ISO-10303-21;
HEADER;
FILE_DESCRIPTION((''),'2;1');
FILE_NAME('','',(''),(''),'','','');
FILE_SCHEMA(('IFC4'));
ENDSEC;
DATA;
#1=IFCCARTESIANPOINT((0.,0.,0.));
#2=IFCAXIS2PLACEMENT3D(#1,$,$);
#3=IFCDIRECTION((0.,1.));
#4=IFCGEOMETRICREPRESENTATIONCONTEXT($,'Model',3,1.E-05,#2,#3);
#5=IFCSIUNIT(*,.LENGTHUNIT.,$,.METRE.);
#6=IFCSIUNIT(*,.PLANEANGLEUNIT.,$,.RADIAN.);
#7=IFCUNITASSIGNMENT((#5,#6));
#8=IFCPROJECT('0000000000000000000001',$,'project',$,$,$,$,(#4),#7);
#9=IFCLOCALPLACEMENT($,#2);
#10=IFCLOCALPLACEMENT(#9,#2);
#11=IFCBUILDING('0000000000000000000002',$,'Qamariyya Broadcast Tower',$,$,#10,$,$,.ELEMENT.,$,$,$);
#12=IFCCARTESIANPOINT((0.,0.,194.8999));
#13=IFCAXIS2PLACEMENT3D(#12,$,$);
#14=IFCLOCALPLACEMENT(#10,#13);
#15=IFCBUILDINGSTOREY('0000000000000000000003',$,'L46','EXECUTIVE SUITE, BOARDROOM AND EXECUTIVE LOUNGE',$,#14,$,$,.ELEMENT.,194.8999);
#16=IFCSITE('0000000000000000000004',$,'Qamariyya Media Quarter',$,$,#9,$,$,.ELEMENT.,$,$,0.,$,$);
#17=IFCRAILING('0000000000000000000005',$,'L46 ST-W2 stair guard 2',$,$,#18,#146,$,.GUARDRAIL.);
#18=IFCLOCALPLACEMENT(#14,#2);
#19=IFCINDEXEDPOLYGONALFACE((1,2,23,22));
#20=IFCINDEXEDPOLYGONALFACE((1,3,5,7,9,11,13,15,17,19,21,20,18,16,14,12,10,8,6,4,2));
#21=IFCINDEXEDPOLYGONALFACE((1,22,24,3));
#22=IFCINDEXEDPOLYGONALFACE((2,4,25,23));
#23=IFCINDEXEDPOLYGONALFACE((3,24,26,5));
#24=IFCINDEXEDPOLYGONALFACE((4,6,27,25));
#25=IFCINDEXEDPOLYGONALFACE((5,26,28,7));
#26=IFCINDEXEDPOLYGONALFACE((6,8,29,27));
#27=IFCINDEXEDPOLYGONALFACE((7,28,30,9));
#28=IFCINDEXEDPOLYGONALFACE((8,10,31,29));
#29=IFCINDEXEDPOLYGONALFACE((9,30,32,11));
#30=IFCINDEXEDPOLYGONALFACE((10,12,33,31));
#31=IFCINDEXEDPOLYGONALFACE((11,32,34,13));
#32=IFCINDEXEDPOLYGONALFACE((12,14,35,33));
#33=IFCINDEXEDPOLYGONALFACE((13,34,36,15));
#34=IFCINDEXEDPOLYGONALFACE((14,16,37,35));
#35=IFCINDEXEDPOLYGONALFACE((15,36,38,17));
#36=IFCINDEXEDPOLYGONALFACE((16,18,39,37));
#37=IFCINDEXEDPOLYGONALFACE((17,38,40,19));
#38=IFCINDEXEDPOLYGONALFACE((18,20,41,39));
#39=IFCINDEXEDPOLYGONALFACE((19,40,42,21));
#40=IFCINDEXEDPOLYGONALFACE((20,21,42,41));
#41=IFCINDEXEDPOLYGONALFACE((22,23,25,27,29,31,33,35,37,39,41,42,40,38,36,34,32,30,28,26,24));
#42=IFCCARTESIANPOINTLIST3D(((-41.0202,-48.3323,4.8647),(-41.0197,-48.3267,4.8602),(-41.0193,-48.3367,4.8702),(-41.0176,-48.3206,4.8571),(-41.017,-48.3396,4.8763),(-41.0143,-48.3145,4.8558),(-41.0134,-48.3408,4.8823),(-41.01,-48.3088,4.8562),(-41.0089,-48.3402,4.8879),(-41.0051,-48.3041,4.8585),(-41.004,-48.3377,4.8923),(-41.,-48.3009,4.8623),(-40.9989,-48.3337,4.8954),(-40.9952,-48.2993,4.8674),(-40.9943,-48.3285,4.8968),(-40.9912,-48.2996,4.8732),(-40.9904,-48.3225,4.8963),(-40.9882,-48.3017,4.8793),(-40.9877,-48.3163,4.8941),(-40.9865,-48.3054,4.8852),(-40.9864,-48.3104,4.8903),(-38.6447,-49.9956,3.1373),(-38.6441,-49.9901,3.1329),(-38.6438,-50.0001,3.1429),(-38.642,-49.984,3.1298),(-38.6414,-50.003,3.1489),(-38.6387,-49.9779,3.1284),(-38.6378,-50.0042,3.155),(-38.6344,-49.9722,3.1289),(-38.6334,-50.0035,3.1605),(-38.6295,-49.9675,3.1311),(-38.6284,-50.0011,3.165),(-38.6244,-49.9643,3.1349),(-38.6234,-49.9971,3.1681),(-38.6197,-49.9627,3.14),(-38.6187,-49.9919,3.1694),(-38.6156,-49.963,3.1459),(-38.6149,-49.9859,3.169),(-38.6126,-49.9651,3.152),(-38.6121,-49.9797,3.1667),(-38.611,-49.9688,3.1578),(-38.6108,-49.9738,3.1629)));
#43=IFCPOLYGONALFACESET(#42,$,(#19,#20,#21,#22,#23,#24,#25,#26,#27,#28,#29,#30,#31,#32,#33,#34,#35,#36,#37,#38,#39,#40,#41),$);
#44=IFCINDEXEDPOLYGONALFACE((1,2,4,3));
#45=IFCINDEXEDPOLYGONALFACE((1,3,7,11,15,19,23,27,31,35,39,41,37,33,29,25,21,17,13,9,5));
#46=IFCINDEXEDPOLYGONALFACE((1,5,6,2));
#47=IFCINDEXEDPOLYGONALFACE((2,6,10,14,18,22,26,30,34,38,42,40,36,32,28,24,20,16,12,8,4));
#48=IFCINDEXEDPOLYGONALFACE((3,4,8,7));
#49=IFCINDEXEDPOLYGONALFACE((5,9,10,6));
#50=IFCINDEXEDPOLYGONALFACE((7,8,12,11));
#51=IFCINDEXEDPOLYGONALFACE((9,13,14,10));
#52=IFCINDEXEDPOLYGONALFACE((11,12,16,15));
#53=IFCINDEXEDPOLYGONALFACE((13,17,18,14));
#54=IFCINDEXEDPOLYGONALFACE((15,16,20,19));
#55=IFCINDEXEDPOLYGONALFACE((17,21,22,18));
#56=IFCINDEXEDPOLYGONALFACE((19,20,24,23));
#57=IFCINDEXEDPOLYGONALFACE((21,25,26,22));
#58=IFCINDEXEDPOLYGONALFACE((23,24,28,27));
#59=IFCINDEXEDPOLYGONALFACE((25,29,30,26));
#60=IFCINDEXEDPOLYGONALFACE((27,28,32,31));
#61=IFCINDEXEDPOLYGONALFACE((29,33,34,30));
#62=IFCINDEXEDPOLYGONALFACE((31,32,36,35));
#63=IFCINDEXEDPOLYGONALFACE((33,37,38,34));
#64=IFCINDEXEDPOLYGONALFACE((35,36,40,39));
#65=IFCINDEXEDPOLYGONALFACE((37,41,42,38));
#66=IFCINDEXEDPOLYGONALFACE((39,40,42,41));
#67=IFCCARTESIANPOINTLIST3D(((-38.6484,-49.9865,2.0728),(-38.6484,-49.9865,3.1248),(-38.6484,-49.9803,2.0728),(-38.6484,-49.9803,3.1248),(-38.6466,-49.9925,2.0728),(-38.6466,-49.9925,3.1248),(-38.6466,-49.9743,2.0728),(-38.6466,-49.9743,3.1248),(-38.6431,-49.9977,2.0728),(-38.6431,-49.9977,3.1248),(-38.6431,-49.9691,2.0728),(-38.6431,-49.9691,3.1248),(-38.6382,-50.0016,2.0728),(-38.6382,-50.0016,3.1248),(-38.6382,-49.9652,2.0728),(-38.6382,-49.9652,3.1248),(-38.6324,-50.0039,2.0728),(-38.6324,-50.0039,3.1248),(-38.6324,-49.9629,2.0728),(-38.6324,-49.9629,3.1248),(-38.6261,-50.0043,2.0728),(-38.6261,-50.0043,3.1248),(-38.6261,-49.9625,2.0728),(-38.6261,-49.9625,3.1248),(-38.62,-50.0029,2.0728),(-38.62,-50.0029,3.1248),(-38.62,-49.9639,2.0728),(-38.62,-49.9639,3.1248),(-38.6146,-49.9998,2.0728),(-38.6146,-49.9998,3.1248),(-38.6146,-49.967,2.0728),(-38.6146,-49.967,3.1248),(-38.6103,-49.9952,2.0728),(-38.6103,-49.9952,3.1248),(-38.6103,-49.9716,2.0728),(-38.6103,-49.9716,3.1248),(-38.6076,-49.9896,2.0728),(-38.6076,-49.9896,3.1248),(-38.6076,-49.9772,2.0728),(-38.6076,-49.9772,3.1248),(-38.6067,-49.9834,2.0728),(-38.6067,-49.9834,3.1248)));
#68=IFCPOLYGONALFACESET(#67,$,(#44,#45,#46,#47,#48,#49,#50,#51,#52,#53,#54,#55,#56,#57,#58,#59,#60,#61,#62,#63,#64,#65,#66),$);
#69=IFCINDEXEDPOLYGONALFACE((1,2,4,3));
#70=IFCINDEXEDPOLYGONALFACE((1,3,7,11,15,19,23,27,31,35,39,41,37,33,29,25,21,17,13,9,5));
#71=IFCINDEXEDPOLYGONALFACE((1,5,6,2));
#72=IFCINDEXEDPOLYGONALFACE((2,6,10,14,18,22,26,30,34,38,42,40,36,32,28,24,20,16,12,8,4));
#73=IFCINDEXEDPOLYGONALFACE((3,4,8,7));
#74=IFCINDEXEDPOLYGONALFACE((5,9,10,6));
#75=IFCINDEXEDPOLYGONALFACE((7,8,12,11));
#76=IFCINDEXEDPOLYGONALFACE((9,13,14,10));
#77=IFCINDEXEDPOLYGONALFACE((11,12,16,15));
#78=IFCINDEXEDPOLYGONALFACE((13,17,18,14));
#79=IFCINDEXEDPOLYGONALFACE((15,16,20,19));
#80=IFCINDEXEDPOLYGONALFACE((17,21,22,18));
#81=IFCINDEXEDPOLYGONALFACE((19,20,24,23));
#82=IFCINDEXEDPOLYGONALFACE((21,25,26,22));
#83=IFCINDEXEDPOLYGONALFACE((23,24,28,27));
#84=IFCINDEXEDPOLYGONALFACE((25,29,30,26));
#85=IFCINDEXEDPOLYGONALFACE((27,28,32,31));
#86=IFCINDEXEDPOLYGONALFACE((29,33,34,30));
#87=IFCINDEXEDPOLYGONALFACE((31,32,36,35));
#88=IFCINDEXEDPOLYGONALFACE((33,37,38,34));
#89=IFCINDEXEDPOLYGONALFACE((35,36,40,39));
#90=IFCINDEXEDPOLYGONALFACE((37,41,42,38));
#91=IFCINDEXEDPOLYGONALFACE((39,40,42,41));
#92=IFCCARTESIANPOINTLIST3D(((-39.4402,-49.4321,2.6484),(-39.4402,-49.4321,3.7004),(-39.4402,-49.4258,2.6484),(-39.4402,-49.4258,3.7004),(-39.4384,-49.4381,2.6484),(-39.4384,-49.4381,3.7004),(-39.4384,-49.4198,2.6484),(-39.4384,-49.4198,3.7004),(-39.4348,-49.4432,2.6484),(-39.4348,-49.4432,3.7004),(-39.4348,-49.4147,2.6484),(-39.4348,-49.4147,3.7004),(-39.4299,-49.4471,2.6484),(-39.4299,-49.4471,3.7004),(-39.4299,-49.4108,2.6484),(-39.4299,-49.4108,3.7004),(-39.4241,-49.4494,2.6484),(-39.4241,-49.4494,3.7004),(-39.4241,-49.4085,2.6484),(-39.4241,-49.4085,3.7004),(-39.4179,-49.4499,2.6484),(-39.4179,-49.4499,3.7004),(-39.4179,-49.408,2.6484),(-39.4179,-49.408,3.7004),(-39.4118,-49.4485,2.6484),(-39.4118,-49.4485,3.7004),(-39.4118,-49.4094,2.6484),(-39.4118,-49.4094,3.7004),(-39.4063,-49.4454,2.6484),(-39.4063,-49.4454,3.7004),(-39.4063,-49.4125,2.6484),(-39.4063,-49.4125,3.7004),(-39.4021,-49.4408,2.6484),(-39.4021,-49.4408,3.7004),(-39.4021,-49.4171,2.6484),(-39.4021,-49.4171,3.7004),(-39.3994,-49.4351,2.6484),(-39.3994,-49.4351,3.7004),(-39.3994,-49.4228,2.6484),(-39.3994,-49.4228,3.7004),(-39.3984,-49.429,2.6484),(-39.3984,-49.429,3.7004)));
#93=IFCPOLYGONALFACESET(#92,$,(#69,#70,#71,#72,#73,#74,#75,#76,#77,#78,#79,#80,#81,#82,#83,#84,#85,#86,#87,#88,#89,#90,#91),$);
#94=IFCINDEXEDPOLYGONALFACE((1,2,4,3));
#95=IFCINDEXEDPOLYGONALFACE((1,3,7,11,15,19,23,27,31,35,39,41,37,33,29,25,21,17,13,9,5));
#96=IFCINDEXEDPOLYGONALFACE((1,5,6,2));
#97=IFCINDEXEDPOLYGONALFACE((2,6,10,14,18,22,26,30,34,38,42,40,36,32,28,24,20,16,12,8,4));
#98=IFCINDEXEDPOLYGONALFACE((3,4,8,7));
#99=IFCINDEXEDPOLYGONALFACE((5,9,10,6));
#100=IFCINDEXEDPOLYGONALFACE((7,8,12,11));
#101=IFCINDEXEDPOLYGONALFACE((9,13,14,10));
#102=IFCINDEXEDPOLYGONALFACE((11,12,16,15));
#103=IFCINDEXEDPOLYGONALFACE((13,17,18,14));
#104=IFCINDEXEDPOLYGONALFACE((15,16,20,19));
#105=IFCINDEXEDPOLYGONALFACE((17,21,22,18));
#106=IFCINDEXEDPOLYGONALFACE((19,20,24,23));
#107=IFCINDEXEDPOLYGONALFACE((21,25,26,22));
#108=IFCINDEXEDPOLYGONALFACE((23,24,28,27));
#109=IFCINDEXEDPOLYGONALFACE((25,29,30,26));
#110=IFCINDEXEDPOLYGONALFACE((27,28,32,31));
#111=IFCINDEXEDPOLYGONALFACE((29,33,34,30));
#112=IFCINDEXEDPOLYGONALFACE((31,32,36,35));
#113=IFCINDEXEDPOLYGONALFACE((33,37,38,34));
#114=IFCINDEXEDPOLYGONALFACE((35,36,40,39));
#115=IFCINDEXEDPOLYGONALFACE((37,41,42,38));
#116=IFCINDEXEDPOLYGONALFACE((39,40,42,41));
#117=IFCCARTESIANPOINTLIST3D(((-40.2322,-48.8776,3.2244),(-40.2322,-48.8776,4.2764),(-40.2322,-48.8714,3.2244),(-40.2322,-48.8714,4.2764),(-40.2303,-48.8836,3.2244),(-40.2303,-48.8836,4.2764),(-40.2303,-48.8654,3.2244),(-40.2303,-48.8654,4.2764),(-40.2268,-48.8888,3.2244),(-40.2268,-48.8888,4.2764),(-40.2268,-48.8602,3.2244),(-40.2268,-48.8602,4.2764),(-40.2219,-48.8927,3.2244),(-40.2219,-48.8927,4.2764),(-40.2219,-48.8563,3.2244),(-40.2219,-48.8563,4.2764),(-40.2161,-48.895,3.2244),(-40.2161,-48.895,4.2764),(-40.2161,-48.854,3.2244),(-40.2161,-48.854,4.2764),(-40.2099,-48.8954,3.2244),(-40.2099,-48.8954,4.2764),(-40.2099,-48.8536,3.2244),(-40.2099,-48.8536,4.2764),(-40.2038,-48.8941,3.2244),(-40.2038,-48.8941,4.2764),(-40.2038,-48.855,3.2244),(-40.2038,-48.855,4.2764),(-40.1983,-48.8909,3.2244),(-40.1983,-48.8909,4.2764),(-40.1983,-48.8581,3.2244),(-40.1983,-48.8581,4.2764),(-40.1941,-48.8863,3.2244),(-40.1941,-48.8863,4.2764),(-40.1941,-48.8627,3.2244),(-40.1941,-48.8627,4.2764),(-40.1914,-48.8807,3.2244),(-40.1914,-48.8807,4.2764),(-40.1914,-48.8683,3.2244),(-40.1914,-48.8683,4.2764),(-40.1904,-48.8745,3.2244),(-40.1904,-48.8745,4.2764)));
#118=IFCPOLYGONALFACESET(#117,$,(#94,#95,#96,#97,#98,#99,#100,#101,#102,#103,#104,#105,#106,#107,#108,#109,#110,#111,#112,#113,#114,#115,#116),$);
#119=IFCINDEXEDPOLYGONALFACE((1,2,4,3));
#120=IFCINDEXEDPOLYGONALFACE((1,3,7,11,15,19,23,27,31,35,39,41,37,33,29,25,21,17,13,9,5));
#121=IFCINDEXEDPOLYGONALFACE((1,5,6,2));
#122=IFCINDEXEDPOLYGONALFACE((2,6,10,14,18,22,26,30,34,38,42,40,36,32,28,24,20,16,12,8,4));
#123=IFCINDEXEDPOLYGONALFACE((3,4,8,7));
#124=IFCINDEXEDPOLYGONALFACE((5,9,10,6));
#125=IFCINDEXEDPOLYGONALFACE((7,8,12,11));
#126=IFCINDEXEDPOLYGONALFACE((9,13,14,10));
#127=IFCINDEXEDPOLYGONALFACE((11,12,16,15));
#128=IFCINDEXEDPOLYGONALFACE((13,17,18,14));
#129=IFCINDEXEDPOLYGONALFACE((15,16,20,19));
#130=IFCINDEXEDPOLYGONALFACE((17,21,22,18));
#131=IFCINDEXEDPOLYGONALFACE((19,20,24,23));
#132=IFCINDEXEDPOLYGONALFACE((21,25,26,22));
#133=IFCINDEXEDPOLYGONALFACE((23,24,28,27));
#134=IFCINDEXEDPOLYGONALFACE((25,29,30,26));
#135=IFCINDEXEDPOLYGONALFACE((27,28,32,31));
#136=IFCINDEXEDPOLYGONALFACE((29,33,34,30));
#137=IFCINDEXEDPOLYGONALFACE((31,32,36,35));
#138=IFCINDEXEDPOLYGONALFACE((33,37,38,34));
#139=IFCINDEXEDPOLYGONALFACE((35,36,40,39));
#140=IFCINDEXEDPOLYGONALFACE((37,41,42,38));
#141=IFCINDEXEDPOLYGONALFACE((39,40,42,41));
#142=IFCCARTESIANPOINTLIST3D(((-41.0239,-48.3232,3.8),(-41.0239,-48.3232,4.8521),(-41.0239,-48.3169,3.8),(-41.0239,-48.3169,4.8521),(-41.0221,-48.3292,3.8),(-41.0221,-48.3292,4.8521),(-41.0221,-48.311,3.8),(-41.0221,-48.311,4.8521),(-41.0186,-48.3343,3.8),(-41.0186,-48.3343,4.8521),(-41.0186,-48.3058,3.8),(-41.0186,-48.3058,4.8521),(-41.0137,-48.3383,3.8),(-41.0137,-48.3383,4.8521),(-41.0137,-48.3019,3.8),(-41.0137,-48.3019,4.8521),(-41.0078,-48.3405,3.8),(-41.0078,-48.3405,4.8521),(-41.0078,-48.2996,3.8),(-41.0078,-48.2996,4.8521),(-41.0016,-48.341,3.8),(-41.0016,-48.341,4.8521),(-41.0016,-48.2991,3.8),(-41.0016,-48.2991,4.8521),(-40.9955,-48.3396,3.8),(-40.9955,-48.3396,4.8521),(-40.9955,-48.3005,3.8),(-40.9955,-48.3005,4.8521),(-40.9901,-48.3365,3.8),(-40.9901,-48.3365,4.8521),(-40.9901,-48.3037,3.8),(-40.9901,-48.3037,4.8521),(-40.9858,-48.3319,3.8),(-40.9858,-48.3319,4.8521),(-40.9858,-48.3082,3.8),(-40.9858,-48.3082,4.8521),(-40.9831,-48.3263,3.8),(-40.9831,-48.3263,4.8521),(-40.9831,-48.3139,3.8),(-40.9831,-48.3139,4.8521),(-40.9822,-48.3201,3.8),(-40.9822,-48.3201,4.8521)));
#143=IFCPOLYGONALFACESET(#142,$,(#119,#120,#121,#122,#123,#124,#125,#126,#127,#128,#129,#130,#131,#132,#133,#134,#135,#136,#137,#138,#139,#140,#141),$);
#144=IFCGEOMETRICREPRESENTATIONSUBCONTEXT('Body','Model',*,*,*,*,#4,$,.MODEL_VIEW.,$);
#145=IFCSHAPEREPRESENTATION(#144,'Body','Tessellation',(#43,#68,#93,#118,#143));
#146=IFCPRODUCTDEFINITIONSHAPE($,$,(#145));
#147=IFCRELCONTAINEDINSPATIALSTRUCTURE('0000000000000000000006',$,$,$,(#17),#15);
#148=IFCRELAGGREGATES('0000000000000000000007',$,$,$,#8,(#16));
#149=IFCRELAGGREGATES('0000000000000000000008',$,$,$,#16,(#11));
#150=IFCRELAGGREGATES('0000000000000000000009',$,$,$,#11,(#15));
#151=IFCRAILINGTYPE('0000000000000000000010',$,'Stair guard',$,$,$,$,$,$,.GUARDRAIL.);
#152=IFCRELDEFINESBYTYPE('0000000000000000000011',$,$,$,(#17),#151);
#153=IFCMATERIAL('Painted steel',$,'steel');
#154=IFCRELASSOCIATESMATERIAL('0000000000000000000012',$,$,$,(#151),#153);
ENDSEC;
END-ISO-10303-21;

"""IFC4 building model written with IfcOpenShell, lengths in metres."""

from ifc_helpers import new_model, si_unit, direction, frame, origin, origin_2d, place, context, subcontext, project, spatial, circle, extrude, material, type_object, element, save


model = new_model("IFC4")

# Units and contexts
model_context = context("Model", 3, precision=1e-05, world=origin(), true_north=direction((0.0, 1.0)))
body_context = subcontext(model_context, "Body", "Model", "MODEL_VIEW")
ifc_project = project(units=[si_unit("LENGTHUNIT", "METRE"), si_unit("PLANEANGLEUNIT", "RADIAN")], contexts=[model_context])

# Site, building, storey
site_placement = place(None, origin())
site = spatial("IfcSite", under=ifc_project, at=site_placement, Name="Qamariyya Media Quarter", CompositionType="ELEMENT", RefElevation=0.0)
building_placement = place(site_placement, origin())
building = spatial("IfcBuilding", under=site, at=building_placement, Name="Qamariyya Broadcast Tower", CompositionType="ELEMENT")
storey_placement = place(building_placement, frame((0.0, 0.0, 194.8999)))
storey = spatial("IfcBuildingStorey", under=building, at=storey_placement, Name="L46", Description="EXECUTIVE SUITE, BOARDROOM AND EXECUTIVE LOUNGE", CompositionType="ELEMENT", Elevation=194.8999)

# Railing
ifc_material_1 = material(Name="Painted steel", Category="steel")
railing_type_1 = type_object("IfcRailingType", Name="Stair guard", PredefinedType="GUARDRAIL", material=ifc_material_1)
railing_1_placement = place(storey_placement, frame((-38.6277, -49.9834, 2.0728)))
element("IfcRailing", 1, at=railing_1_placement, inside=storey, type_object=railing_type_1, Name="L46 ST-W2 stair guard 2", PredefinedType="GUARDRAIL", context=body_context, shape_type="SweptSolid", body=[
    extrude(circle(Radius=0.0239, at=origin_2d()), frame((0.0, 0.0, 1.0762), z_axis=(-0.70377, 0.492784, 0.511734), x_axis=(-0.573575, -0.819153, 0.0)), (0.0, 0.0, 1.0), 3.3755),
    extrude(circle(Radius=0.021, at=origin_2d()), origin(), (0.0, 0.0, 1.0), 1.052),
    extrude(circle(Radius=0.021, at=origin_2d()), frame((-0.7917, 0.5544, 0.5757)), (0.0, 0.0, 1.0), 1.052),
    extrude(circle(Radius=0.021, at=origin_2d()), frame((-1.5837, 1.1089, 1.1516)), (0.0, 0.0, 1.0), 1.052),
    extrude(circle(Radius=0.021, at=origin_2d()), frame((-2.3755, 1.6633, 1.7273)), (0.0, 0.0, 1.0), 1.052),
])

save(model, "model.ifc")
